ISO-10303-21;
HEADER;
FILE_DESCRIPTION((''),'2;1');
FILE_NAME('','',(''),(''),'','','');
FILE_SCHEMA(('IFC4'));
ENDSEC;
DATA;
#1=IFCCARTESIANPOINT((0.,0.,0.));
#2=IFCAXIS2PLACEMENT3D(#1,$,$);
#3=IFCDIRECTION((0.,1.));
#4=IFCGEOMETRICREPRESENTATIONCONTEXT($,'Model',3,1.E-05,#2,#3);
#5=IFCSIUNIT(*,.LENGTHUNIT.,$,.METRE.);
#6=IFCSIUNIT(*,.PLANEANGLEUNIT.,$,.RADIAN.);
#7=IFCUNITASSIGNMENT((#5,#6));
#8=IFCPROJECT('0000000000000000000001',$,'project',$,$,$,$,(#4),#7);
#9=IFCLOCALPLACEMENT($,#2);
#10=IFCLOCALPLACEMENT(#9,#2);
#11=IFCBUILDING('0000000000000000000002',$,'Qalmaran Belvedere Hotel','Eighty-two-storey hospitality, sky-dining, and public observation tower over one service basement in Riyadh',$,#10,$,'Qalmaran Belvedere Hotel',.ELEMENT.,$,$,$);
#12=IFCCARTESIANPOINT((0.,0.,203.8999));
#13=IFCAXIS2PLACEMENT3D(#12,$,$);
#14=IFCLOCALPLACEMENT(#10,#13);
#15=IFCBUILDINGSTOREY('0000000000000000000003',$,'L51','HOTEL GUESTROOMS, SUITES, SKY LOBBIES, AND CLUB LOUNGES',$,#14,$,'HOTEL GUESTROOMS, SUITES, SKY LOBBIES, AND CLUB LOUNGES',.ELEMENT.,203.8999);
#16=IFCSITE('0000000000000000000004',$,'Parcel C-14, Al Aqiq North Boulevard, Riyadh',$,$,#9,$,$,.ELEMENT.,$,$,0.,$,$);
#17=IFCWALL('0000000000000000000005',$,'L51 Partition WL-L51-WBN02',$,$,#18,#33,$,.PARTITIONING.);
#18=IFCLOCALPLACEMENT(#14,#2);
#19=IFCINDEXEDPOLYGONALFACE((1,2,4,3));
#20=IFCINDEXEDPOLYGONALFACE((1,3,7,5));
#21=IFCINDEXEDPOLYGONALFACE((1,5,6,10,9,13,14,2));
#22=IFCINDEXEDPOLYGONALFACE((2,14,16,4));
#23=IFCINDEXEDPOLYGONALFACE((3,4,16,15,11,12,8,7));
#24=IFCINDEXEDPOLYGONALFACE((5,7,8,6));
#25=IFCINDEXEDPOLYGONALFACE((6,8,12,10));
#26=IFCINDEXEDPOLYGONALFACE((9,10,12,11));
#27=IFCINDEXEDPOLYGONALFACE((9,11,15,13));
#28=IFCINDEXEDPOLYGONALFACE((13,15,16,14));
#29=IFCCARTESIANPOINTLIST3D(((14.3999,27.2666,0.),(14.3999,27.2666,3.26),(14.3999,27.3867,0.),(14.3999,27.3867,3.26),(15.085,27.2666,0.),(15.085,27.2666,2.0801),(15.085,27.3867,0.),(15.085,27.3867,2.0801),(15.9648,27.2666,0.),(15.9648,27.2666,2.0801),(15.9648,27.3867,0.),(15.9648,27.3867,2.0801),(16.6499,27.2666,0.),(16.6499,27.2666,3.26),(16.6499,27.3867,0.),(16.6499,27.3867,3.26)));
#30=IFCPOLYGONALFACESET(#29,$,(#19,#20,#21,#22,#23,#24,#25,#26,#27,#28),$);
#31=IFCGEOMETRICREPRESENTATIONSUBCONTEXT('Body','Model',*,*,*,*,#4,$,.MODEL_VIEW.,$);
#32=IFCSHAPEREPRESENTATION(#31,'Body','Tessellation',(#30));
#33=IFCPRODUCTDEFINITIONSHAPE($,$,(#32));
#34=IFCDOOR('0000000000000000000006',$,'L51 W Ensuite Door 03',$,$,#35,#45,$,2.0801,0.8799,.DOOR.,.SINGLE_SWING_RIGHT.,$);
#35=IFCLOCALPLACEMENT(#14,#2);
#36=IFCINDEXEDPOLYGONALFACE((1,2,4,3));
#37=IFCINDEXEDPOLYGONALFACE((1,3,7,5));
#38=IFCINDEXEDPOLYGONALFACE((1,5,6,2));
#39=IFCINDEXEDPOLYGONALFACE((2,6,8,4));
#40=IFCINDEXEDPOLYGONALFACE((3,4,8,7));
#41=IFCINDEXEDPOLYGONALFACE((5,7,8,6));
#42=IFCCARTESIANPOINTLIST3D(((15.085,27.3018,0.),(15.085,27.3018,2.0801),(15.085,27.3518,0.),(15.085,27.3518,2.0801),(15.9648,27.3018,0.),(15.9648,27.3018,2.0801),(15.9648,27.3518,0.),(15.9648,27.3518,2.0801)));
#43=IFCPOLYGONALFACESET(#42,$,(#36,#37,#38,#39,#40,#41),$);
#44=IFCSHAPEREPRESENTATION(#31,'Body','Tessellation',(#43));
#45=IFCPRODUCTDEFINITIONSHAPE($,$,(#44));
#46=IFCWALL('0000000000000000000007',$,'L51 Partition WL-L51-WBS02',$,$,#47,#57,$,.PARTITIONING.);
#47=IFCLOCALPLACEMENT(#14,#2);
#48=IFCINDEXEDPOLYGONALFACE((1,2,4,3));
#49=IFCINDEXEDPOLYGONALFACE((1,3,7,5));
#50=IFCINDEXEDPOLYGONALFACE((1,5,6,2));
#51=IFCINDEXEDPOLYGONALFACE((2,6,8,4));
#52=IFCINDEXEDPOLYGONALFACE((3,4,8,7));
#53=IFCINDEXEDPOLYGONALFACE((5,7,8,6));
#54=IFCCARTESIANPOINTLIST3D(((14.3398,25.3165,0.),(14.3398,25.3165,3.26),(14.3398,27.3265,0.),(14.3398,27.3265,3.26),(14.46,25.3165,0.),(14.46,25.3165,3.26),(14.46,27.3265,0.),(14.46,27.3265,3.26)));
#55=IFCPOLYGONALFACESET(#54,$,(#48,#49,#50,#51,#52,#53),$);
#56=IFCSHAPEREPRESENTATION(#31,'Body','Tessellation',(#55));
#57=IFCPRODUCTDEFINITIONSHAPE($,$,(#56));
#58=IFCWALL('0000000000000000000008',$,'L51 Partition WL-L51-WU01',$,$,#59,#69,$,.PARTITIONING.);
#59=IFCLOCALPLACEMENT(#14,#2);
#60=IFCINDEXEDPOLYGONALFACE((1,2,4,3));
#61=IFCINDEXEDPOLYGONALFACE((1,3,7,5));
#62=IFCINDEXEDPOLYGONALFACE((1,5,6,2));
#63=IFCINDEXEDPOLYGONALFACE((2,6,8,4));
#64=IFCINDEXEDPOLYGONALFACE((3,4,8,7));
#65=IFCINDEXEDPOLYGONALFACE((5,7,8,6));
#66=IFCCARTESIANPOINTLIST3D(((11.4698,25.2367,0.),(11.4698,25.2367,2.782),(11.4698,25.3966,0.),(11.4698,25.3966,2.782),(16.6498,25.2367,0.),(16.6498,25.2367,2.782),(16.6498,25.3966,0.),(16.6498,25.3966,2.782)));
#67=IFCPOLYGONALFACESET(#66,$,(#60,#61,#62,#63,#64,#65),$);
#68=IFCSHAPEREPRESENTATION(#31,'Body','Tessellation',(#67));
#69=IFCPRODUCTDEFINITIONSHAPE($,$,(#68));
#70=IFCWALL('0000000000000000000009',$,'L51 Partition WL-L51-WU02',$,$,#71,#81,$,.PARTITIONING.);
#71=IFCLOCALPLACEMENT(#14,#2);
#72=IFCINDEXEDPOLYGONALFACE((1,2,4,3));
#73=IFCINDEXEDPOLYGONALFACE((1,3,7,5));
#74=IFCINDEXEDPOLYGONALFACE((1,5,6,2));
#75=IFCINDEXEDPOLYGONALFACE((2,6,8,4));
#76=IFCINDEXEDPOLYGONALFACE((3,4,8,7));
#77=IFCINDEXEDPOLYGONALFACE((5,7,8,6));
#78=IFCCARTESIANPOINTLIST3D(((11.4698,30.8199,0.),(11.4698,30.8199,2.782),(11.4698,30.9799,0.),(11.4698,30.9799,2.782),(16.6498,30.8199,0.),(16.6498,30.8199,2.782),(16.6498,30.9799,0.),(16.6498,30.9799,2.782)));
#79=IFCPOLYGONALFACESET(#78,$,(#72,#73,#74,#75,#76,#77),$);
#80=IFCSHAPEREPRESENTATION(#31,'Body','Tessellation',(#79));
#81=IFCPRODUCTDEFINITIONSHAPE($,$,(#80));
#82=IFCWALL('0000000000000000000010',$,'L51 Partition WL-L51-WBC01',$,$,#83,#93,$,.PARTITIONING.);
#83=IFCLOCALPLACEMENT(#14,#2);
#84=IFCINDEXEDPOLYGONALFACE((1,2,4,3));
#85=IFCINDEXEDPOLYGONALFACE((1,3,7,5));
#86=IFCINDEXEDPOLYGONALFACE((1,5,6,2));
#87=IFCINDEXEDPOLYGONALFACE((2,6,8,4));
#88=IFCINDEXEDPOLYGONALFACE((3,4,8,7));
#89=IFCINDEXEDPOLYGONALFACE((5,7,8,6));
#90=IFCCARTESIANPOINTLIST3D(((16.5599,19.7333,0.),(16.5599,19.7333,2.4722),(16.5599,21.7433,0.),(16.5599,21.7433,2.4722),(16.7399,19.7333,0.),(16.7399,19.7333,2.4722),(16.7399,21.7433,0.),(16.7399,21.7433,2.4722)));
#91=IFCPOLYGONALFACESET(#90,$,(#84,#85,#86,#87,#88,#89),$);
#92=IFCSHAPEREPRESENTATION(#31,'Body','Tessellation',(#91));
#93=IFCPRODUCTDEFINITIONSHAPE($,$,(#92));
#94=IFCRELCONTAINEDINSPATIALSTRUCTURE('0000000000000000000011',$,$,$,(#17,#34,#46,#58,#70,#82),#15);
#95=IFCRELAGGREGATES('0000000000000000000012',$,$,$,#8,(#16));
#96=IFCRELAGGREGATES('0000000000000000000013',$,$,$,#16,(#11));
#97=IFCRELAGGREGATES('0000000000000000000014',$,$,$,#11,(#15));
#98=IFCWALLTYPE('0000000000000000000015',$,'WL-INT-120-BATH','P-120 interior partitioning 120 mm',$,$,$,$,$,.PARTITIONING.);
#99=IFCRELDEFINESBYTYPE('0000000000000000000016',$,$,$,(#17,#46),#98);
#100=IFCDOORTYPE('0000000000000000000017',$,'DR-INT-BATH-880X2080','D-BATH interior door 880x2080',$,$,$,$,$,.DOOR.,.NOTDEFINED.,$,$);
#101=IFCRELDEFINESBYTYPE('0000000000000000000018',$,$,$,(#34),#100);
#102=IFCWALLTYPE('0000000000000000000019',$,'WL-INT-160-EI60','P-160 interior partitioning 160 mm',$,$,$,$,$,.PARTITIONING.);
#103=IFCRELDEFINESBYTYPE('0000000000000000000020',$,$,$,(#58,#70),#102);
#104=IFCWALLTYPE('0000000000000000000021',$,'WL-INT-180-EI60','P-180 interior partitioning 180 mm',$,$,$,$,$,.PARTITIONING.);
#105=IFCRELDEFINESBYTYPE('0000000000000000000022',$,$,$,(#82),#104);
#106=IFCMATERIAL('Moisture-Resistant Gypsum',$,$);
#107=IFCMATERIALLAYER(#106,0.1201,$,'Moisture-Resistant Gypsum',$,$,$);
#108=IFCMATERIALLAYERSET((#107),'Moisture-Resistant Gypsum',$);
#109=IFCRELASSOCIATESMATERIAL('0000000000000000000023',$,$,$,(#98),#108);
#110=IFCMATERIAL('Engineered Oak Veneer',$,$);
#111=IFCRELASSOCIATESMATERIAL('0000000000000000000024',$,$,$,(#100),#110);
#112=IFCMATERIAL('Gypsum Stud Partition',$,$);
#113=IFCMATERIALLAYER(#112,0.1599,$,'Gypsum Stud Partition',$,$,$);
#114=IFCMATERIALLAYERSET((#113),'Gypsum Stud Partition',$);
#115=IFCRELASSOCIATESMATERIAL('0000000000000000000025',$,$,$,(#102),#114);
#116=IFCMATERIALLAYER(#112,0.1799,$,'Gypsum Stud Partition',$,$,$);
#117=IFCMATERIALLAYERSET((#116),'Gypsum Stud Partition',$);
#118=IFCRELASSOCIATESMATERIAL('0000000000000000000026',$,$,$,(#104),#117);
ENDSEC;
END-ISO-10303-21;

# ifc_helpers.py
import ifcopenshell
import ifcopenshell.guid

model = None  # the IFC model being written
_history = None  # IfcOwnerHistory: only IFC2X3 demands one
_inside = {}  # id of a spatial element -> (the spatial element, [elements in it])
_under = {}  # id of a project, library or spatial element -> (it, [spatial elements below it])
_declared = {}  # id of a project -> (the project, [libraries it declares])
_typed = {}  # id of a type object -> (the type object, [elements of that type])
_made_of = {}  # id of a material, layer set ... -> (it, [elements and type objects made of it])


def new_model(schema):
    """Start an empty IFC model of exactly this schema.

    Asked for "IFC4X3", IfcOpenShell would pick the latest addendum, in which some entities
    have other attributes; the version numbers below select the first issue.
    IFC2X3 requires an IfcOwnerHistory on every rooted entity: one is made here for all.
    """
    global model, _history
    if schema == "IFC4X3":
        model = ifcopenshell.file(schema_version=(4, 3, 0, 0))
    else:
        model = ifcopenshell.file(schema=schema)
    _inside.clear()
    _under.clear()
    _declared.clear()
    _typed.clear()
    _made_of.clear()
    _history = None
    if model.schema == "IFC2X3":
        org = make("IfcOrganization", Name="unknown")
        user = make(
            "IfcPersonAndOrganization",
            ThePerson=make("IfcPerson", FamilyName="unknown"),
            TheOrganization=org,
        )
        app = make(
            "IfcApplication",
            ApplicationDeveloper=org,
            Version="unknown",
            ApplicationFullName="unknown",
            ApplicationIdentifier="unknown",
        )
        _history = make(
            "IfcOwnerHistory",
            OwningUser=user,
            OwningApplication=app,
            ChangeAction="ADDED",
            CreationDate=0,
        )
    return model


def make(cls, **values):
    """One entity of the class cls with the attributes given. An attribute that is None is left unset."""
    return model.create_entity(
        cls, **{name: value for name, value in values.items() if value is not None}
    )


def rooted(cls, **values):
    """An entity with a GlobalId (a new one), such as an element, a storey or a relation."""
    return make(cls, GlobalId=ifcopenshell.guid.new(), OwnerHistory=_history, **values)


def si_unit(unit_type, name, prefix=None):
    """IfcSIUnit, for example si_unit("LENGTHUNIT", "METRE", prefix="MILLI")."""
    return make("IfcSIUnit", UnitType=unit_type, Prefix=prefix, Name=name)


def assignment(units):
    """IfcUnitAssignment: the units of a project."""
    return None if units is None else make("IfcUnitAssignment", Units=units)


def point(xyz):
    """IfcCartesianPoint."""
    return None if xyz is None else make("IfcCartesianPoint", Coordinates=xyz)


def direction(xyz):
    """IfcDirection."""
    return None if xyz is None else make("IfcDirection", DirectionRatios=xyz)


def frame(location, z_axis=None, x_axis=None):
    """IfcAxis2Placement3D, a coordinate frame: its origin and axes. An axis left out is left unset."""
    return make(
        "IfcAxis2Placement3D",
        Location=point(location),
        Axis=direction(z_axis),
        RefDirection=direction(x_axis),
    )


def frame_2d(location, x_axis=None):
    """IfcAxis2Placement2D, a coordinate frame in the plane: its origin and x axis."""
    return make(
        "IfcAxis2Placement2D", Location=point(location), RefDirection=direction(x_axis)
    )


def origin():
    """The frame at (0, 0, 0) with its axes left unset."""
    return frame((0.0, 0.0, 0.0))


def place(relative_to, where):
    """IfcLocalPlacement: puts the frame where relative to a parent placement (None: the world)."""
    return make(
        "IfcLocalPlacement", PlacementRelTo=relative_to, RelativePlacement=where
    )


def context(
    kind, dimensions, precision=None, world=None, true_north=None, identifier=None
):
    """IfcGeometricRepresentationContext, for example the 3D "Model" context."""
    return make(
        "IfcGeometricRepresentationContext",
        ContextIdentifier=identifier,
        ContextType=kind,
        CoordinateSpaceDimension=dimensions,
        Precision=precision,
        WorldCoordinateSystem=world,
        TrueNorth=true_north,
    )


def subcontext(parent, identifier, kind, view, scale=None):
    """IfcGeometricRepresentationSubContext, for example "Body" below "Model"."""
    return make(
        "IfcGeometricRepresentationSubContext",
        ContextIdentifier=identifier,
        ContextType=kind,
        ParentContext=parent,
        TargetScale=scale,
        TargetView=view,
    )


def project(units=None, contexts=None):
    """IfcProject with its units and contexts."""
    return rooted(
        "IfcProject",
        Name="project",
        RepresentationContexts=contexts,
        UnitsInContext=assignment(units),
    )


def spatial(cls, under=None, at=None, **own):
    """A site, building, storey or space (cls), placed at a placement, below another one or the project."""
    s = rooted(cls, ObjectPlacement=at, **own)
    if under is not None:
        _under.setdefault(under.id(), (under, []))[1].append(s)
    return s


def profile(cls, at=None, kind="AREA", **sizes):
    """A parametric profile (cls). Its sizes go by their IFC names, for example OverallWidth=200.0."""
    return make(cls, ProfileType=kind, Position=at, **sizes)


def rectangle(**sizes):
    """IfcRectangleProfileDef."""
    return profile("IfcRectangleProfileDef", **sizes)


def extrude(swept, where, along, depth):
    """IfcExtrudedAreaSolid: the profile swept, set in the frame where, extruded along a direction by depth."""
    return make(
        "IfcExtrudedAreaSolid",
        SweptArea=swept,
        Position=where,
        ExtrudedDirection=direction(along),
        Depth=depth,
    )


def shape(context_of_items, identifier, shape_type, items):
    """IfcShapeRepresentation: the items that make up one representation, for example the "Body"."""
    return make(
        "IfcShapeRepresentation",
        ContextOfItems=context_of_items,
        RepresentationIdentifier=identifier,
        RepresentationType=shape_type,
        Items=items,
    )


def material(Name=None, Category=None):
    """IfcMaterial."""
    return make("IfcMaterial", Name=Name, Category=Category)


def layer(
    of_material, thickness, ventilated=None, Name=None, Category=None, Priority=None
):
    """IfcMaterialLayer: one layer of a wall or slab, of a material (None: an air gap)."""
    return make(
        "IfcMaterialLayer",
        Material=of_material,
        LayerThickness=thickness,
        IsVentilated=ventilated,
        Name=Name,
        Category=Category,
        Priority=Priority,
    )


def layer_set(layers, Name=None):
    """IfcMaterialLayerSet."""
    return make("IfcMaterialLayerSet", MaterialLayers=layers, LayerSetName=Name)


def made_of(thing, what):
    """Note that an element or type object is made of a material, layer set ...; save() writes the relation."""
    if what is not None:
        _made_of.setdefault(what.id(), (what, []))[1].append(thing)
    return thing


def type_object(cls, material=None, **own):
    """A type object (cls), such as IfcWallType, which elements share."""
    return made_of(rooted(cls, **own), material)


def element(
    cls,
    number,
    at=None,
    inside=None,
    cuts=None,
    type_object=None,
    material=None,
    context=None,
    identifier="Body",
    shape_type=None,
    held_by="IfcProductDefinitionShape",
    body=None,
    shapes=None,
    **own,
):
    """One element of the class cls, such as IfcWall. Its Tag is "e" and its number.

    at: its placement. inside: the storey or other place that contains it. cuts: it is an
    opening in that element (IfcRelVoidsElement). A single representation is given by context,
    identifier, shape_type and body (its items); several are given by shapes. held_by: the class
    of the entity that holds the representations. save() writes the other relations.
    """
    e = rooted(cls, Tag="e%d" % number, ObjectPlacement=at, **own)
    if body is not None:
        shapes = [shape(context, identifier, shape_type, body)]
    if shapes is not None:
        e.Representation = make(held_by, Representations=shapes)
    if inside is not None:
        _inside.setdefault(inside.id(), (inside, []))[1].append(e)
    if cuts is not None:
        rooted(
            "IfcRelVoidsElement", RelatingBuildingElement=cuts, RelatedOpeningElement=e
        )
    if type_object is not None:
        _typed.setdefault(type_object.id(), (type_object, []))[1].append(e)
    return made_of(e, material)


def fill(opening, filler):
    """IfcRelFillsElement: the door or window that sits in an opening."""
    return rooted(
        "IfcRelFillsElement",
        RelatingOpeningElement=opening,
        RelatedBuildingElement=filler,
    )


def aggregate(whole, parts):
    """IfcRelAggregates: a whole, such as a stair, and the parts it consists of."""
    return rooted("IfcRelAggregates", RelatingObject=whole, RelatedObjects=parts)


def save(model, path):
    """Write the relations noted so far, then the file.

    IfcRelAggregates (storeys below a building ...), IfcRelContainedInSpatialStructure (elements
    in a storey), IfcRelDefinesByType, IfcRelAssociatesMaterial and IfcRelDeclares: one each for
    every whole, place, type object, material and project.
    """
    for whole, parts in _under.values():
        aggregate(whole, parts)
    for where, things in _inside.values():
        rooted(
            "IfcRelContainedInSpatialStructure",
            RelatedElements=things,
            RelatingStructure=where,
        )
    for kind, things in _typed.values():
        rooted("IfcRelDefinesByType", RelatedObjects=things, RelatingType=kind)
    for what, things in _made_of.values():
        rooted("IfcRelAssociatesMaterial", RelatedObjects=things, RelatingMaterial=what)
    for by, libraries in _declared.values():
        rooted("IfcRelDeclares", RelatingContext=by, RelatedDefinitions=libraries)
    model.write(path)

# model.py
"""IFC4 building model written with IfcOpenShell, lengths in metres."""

from ifc_helpers import new_model, si_unit, direction, frame, frame_2d, origin, place, context, subcontext, project, spatial, rectangle, extrude, material, layer, layer_set, type_object, element, fill, save


model = new_model("IFC4")

# Units and contexts
model_context = context("Model", 3, precision=1e-05, world=origin(), true_north=direction((0.0, 1.0)))
body_context = subcontext(model_context, "Body", "Model", "MODEL_VIEW")
ifc_project = project(units=[si_unit("LENGTHUNIT", "METRE"), si_unit("PLANEANGLEUNIT", "RADIAN")], contexts=[model_context])

# Site, building, storey
site_placement = place(None, origin())
site = spatial("IfcSite", under=ifc_project, at=site_placement, Name="Parcel C-14, Al Aqiq North Boulevard, Riyadh", CompositionType="ELEMENT", RefElevation=0.0)
building_placement = place(site_placement, origin())
building = spatial("IfcBuilding", under=site, at=building_placement, Name="Qalmaran Belvedere Hotel", Description="Eighty-two-storey hospitality, sky-dining, and public observation tower over one service basement in Riyadh", LongName="Qalmaran Belvedere Hotel", CompositionType="ELEMENT")
storey_placement = place(building_placement, frame((0.0, 0.0, 203.8999)))
storey = spatial("IfcBuildingStorey", under=building, at=storey_placement, Name="L51", Description="HOTEL GUESTROOMS, SUITES, SKY LOBBIES, AND CLUB LOUNGES", LongName="HOTEL GUESTROOMS, SUITES, SKY LOBBIES, AND CLUB LOUNGES", CompositionType="ELEMENT", Elevation=203.8999)

# Wall, opening, door
ifc_material_1 = material(Name="Moisture-Resistant Gypsum")
ifc_layer_1 = layer(ifc_material_1, 0.1201, Name="Moisture-Resistant Gypsum")
ifc_layer_set_1 = layer_set([ifc_layer_1], Name="Moisture-Resistant Gypsum")
wall_type_1 = type_object("IfcWallType", Name="WL-INT-120-BATH", Description="P-120 interior partitioning 120 mm", PredefinedType="PARTITIONING", material=ifc_layer_set_1)
ifc_material_2 = material(Name="Engineered Oak Veneer")
door_type = type_object("IfcDoorType", Name="DR-INT-BATH-880X2080", Description="D-BATH interior door 880x2080", OperationType="NOTDEFINED", PredefinedType="DOOR", material=ifc_material_2)
wall_1_placement = place(storey_placement, frame((14.3999, 27.3267, 0.0), z_axis=(0.0, 0.0, 1.0), x_axis=(1.0, 0.0, 0.0)))
wall_1 = element("IfcWall", 1, at=wall_1_placement, inside=storey, type_object=wall_type_1, Name="L51 Partition WL-L51-WBN02", PredefinedType="PARTITIONING", context=body_context, shape_type="SweptSolid", body=[
    extrude(rectangle(XDim=2.25, YDim=0.1201, at=frame_2d((1.125, 0.0))), origin(), (0.0, 0.0, 1.0), 3.26),
])
opening_1_placement = place(wall_1_placement, frame((1.5649, 0.0, 0.0), z_axis=(0.0, 0.0, 1.0), x_axis=(-1.0, 0.0, 0.0)))
opening_1 = element("IfcOpeningElement", 2, at=opening_1_placement, cuts=wall_1, PredefinedType="OPENING", context=body_context, shape_type="SweptSolid", body=[
    extrude(rectangle(XDim=0.8799, YDim=2.0801, at=frame_2d((0.4399, 1.04))), frame((0.0, 0.0701, 0.0), z_axis=(0.0, -1.0, 0.0), x_axis=(1.0, 0.0, 0.0)), (0.0, 0.0, 1.0), 0.1401),
])
door_1_placement = place(opening_1_placement, origin())
door_1 = element("IfcDoor", 3, at=door_1_placement, inside=storey, type_object=door_type, Name="L51 W Ensuite Door 03", OperationType="SINGLE_SWING_RIGHT", OverallHeight=2.0801, OverallWidth=0.8799, PredefinedType="DOOR", context=body_context, shape_type="SweptSolid", body=[
    extrude(rectangle(XDim=0.8799, YDim=2.0801, at=frame_2d((0.4399, 1.04))), frame((0.0, 0.0249, 0.0), z_axis=(0.0, -1.0, 0.0), x_axis=(1.0, 0.0, 0.0)), (0.0, 0.0, 1.0), 0.05),
])
fill(opening_1, door_1)

# Walls
wall_2_placement = place(storey_placement, frame((14.3999, 25.3167, 0.0), z_axis=(0.0, 0.0, 1.0), x_axis=(0.0, 1.0, 0.0)))
element("IfcWall", 4, at=wall_2_placement, inside=storey, type_object=wall_type_1, Name="L51 Partition WL-L51-WBS02", PredefinedType="PARTITIONING", context=body_context, shape_type="SweptSolid", body=[
    extrude(rectangle(XDim=2.01, YDim=0.1201, at=frame_2d((1.0049, 0.0))), origin(), (0.0, 0.0, 1.0), 3.26),
])
ifc_material_3 = material(Name="Gypsum Stud Partition")
ifc_layer_2 = layer(ifc_material_3, 0.1599, Name="Gypsum Stud Partition")
ifc_layer_set_2 = layer_set([ifc_layer_2], Name="Gypsum Stud Partition")
wall_type_2 = type_object("IfcWallType", Name="WL-INT-160-EI60", Description="P-160 interior partitioning 160 mm", PredefinedType="PARTITIONING", material=ifc_layer_set_2)
for number, where, z_axis, x_axis, name in (
    (5, (11.47, 25.3167, 0.0), (0.0, 0.0, 1.0), (1.0, 0.0, 0.0), "L51 Partition WL-L51-WU01"),
    (6, (11.47, 30.8999, 0.0), (0.0, 0.0, 1.0), (1.0, 0.0, 0.0), "L51 Partition WL-L51-WU02"),
):
    element("IfcWall", number, at=place(storey_placement, frame(where, z_axis=z_axis, x_axis=x_axis)), inside=storey, type_object=wall_type_2, Name=name, PredefinedType="PARTITIONING", context=body_context, shape_type="SweptSolid", body=[
        extrude(rectangle(XDim=5.1799, YDim=0.1599, at=frame_2d((2.5898, 0.0))), origin(), (0.0, 0.0, 1.0), 2.782),
    ])
ifc_layer_3 = layer(ifc_material_3, 0.1799, Name="Gypsum Stud Partition")
ifc_layer_set_3 = layer_set([ifc_layer_3], Name="Gypsum Stud Partition")
wall_type_3 = type_object("IfcWallType", Name="WL-INT-180-EI60", Description="P-180 interior partitioning 180 mm", PredefinedType="PARTITIONING", material=ifc_layer_set_3)
wall_3_placement = place(storey_placement, frame((16.6499, 19.7334, 0.0), z_axis=(0.0, 0.0, 1.0), x_axis=(0.0, 1.0, 0.0)))
element("IfcWall", 7, at=wall_3_placement, inside=storey, type_object=wall_type_3, Name="L51 Partition WL-L51-WBC01", PredefinedType="PARTITIONING", context=body_context, shape_type="SweptSolid", body=[
    extrude(rectangle(XDim=2.01, YDim=0.1799, at=frame_2d((1.0049, 0.0))), origin(), (0.0, 0.0, 1.0), 2.4722),
])

save(model, "model.ifc")
